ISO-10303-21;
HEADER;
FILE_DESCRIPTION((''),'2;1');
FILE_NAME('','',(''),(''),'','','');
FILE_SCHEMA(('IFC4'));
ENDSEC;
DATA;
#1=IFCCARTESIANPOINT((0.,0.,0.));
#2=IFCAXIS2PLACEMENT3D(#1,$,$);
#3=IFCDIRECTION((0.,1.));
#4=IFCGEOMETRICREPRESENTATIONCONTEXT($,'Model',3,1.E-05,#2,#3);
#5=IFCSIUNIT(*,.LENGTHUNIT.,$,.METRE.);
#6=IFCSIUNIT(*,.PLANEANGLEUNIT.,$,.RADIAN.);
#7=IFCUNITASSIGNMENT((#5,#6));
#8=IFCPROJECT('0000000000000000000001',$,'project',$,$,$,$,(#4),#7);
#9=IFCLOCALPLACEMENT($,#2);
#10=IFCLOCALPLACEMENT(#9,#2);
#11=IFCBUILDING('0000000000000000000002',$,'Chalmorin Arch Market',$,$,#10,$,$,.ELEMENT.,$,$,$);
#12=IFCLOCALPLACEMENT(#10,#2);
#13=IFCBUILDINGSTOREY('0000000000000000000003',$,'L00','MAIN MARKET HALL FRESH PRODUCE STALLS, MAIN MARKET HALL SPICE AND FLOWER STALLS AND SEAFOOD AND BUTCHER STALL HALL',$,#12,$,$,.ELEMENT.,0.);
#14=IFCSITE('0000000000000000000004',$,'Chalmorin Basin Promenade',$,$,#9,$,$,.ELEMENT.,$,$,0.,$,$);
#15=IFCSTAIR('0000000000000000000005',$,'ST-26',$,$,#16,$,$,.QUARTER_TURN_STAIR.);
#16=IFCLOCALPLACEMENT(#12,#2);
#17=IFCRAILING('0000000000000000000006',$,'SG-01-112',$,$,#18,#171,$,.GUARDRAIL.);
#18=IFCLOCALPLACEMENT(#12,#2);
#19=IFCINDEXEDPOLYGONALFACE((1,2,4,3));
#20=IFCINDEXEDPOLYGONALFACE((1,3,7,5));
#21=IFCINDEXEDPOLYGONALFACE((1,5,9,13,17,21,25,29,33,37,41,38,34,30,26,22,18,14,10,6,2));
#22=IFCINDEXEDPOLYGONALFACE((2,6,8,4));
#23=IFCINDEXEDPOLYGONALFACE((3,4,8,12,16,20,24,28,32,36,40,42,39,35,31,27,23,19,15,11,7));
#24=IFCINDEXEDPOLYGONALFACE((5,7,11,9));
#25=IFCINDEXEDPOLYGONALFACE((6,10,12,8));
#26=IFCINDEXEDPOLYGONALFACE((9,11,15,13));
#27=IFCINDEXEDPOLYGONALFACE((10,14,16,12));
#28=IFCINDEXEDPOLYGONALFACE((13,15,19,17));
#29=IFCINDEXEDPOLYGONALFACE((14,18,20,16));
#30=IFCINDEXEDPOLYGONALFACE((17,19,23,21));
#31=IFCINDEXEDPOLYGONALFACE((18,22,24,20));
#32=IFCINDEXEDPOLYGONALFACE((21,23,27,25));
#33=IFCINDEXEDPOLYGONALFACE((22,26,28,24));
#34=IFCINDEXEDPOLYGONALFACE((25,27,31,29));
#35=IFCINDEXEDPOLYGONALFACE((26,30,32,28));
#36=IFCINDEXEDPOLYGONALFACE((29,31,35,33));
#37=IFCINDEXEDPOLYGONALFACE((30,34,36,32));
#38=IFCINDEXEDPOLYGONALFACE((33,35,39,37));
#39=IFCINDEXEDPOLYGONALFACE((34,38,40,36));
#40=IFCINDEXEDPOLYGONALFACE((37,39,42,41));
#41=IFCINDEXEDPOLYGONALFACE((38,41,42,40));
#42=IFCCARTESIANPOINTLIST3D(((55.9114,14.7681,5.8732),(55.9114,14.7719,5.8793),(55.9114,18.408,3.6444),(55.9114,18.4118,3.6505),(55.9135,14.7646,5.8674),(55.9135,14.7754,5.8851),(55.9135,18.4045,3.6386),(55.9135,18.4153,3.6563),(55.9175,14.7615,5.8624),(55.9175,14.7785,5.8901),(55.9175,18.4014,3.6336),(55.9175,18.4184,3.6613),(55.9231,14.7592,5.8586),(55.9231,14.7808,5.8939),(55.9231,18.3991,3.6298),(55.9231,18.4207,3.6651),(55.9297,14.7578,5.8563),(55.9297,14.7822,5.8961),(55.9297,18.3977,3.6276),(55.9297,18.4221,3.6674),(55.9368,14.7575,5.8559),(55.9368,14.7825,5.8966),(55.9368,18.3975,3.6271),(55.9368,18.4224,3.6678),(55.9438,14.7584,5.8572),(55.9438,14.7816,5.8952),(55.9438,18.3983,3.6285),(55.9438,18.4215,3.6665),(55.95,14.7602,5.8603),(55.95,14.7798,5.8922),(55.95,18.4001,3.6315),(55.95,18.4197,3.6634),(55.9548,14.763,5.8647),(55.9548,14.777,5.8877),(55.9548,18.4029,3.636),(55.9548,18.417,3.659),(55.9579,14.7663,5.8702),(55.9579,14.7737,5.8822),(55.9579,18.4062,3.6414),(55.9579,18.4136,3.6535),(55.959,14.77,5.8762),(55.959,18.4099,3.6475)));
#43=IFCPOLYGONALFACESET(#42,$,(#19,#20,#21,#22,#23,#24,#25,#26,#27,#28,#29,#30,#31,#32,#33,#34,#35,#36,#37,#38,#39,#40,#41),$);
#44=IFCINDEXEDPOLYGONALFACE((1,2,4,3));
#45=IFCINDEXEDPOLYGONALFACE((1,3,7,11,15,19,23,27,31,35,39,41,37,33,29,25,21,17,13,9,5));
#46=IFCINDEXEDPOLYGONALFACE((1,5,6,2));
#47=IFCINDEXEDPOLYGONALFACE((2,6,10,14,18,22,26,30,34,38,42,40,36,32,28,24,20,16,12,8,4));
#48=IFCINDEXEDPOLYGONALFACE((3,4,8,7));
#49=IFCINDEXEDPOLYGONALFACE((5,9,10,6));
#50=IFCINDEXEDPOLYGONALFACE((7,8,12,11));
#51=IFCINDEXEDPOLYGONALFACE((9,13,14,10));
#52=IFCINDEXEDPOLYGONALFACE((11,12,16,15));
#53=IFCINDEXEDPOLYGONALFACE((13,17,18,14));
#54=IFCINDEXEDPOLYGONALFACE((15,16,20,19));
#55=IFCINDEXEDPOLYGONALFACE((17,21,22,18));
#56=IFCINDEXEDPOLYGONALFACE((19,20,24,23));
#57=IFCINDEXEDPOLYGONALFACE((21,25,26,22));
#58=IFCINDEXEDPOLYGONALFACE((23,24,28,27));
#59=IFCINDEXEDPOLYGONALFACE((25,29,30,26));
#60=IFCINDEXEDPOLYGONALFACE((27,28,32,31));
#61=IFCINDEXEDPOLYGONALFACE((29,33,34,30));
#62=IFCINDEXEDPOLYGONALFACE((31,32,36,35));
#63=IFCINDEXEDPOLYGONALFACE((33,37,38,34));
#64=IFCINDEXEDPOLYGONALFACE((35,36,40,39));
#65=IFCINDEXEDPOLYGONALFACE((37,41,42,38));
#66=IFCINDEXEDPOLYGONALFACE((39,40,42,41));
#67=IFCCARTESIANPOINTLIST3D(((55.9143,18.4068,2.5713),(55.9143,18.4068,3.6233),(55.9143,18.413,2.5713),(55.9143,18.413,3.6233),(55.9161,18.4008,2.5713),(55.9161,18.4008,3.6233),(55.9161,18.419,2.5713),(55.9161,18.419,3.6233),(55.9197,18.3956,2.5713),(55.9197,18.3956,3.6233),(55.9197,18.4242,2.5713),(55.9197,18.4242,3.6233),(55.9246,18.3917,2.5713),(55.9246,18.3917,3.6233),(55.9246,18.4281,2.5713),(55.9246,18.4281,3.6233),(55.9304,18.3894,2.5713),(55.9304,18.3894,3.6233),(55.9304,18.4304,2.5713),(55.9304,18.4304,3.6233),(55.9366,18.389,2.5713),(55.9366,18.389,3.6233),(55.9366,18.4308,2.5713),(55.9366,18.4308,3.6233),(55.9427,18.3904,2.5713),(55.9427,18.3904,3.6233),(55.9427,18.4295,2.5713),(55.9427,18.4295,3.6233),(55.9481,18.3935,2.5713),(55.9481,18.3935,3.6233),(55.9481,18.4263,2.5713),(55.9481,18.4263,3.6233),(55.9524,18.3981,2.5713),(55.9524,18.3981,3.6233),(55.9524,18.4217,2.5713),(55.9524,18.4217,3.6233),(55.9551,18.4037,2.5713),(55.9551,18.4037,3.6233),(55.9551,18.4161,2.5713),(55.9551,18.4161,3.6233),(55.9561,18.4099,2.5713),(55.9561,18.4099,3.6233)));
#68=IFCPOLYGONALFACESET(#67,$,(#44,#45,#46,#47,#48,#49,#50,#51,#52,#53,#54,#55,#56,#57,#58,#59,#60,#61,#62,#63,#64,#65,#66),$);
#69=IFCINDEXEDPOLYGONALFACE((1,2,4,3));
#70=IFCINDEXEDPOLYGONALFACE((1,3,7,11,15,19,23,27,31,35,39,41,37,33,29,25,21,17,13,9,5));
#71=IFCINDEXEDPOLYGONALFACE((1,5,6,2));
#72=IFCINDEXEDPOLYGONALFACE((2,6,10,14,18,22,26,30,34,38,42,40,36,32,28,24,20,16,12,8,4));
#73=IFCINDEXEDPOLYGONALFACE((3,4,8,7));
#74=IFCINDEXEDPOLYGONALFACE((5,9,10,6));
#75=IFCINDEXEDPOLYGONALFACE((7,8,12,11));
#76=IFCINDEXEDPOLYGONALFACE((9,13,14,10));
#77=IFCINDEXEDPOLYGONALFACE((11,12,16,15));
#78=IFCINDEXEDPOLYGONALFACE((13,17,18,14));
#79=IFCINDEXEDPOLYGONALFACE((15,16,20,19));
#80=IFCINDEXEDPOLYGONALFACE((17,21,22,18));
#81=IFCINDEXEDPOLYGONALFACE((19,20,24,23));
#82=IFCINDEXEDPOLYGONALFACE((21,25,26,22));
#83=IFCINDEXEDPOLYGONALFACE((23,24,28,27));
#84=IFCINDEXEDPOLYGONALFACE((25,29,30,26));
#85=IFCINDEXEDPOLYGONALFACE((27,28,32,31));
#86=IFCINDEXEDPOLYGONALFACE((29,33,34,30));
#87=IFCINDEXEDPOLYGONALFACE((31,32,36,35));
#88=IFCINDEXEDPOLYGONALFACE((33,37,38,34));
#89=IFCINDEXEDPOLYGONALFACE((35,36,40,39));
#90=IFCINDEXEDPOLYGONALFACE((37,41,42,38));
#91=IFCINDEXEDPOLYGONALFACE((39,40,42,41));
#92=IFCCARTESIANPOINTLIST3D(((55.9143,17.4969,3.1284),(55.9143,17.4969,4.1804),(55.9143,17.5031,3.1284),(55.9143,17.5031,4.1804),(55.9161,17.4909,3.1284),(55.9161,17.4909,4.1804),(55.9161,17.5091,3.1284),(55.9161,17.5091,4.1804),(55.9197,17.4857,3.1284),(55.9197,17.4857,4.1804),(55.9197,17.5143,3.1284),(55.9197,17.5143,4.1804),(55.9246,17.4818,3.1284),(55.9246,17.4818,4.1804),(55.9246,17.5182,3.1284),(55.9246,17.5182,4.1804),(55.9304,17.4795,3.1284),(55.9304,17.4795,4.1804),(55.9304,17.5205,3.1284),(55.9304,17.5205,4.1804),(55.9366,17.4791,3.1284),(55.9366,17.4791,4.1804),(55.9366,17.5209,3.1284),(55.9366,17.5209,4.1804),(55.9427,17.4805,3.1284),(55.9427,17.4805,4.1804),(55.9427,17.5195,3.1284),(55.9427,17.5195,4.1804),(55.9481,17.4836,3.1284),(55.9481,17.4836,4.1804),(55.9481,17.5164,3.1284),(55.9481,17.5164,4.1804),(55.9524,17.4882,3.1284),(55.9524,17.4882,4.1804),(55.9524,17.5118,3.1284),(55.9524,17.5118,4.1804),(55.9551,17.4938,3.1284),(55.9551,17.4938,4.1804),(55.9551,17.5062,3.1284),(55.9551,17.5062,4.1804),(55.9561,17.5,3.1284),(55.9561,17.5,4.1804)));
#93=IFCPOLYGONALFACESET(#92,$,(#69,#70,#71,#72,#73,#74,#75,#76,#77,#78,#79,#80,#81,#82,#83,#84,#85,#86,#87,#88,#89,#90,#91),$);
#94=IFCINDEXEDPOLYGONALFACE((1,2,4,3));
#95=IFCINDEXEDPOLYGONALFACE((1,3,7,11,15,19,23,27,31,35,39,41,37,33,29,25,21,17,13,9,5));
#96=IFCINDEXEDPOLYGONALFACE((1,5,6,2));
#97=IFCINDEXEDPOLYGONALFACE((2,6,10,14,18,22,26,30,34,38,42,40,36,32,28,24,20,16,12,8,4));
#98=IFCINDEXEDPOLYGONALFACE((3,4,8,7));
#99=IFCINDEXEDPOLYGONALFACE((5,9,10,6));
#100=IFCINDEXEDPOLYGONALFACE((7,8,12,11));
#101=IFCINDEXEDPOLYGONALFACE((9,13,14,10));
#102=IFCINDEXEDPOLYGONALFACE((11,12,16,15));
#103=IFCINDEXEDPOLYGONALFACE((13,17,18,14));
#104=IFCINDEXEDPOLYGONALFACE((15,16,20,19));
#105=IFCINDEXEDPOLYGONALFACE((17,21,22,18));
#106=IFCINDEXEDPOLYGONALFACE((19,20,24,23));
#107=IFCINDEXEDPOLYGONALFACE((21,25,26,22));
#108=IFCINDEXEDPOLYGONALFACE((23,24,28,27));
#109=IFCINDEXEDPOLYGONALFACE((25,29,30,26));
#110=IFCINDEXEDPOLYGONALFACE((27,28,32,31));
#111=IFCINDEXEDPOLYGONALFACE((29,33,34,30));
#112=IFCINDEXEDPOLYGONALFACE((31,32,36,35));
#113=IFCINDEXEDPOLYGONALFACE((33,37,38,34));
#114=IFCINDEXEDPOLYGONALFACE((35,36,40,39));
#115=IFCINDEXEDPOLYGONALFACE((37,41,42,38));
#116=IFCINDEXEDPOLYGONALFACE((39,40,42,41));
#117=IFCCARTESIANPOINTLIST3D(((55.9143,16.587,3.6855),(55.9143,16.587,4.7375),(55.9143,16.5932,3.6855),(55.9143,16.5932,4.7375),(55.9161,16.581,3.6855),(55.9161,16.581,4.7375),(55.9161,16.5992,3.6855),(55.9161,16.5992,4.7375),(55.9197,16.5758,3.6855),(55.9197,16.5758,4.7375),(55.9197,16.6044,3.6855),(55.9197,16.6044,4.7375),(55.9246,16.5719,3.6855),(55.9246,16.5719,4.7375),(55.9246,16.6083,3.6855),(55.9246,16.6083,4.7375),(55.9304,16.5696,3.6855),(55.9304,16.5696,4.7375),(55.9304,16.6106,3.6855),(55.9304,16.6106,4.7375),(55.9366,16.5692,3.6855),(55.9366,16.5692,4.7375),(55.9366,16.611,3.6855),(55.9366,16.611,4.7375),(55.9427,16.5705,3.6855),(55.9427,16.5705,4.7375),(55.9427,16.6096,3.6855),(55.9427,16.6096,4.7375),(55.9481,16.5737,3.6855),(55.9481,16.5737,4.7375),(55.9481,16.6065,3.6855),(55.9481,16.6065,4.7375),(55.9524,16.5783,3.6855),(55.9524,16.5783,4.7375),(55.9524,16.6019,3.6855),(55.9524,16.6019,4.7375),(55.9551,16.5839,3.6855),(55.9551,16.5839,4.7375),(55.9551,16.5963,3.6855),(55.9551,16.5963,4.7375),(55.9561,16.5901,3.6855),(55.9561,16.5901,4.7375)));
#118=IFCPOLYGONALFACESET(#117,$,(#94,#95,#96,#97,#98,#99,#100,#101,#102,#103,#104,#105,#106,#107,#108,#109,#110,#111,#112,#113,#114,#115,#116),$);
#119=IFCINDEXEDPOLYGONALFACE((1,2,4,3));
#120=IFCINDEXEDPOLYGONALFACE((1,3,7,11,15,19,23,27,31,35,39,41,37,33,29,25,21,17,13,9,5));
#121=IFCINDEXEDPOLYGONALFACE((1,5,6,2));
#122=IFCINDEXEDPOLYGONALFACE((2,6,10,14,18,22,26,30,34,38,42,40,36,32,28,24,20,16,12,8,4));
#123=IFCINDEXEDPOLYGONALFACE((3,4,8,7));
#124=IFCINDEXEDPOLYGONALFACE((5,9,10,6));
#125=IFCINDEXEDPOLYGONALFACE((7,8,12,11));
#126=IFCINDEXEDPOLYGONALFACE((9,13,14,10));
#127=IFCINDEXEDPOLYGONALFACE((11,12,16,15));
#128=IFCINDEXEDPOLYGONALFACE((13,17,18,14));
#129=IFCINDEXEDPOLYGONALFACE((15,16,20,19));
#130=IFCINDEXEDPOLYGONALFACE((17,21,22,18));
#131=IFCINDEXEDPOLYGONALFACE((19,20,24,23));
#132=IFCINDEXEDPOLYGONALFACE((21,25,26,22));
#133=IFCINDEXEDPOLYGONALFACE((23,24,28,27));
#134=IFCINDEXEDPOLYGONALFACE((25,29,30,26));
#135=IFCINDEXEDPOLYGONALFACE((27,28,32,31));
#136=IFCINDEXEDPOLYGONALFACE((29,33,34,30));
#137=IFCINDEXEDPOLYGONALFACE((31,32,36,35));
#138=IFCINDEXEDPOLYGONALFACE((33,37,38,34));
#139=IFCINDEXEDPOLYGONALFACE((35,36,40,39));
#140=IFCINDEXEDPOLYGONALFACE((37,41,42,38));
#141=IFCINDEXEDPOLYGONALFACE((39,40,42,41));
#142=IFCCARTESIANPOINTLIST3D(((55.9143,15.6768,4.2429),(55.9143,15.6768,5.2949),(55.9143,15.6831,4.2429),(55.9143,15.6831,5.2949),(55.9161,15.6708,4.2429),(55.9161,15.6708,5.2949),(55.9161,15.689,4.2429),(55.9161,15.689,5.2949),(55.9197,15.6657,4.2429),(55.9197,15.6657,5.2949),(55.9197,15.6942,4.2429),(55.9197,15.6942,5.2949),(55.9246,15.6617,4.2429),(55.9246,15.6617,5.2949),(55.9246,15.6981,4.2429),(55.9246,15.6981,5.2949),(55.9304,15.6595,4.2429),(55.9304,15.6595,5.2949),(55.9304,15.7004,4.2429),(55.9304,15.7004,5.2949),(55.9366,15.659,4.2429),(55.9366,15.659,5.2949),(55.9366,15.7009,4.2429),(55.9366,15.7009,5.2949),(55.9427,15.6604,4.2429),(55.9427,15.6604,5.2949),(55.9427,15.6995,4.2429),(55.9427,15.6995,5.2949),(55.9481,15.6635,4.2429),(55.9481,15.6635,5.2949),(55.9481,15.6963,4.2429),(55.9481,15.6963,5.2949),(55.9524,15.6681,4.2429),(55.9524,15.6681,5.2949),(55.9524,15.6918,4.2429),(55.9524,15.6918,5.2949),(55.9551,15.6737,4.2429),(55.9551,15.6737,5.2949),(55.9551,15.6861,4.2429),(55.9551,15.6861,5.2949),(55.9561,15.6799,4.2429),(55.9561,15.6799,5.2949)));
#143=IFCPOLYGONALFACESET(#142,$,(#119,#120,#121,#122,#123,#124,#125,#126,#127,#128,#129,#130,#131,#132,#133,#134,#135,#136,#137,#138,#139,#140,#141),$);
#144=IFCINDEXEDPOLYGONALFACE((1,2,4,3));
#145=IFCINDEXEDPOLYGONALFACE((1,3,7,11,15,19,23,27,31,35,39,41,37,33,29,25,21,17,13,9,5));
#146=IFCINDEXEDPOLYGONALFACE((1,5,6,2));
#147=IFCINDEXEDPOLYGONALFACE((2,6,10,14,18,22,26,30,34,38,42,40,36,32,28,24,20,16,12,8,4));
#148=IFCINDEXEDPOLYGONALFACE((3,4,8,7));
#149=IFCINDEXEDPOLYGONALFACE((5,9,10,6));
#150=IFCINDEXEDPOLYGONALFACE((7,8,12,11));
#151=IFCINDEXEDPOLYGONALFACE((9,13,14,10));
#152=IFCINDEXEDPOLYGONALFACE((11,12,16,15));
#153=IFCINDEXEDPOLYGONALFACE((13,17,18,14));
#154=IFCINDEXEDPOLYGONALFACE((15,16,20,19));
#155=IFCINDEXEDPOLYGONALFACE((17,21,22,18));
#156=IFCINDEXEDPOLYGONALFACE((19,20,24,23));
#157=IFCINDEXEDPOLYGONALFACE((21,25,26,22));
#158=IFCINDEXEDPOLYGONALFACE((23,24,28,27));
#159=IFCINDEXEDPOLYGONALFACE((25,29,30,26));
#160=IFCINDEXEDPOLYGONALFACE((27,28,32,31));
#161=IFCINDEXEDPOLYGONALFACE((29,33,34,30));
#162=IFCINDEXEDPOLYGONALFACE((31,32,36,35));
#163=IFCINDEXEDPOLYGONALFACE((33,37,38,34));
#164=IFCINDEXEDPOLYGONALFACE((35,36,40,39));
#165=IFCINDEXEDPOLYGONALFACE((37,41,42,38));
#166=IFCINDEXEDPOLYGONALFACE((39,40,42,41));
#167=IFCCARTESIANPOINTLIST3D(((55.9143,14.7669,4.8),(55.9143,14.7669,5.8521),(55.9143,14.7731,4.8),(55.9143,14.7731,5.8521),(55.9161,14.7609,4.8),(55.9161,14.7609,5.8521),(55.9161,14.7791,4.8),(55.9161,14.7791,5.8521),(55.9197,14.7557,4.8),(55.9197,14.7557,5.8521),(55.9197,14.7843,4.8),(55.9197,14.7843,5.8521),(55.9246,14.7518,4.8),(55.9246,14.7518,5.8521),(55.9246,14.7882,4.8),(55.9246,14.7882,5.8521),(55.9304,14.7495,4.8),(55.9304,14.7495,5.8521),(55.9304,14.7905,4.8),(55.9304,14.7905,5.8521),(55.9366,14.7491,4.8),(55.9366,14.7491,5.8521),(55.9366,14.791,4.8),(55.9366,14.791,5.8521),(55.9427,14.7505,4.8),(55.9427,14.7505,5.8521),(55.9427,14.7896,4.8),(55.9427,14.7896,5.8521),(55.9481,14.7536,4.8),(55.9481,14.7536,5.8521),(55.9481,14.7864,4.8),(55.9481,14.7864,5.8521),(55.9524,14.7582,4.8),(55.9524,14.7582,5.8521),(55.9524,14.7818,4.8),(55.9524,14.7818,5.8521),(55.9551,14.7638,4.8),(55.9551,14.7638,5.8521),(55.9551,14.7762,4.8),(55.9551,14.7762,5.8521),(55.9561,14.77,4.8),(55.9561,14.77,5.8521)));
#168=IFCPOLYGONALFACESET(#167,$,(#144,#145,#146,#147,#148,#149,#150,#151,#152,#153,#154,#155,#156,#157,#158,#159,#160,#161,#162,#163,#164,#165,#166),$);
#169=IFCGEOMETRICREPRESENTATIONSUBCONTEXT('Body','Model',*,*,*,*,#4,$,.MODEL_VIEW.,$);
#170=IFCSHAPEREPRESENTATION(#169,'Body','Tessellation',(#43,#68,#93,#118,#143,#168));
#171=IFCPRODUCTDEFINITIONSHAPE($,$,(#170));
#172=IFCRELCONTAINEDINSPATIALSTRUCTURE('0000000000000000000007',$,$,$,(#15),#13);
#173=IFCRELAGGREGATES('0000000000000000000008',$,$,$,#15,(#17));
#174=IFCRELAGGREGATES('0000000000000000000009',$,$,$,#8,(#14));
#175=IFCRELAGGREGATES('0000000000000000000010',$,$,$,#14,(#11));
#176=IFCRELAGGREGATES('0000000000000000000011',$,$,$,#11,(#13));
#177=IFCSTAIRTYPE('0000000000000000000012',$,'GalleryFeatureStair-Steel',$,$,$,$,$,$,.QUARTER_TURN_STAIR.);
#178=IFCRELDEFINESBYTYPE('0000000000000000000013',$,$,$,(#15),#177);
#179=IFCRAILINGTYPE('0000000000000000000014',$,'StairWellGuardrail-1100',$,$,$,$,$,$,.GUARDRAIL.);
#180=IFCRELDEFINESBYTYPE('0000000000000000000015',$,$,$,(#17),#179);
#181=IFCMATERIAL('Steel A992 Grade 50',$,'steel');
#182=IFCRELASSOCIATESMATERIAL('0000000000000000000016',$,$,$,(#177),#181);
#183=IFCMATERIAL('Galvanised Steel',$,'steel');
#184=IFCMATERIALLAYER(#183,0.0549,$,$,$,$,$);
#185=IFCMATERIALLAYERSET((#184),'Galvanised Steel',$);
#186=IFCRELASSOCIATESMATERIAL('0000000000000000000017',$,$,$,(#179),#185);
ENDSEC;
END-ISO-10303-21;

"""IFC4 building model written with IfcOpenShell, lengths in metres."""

from ifc_helpers import new_model, si_unit, direction, frame, origin, origin_2d, place, context, subcontext, project, spatial, circle, extrude, material, layer, layer_set, type_object, element, aggregate, save


model = new_model("IFC4")

# Units and contexts
model_context = context("Model", 3, precision=1e-05, world=origin(), true_north=direction((0.0, 1.0)))
body_context = subcontext(model_context, "Body", "Model", "MODEL_VIEW")
ifc_project = project(units=[si_unit("LENGTHUNIT", "METRE"), si_unit("PLANEANGLEUNIT", "RADIAN")], contexts=[model_context])

# Site, building, storey
site_placement = place(None, origin())
site = spatial("IfcSite", under=ifc_project, at=site_placement, Name="Chalmorin Basin Promenade", CompositionType="ELEMENT", RefElevation=0.0)
building_placement = place(site_placement, origin())
building = spatial("IfcBuilding", under=site, at=building_placement, Name="Chalmorin Arch Market", CompositionType="ELEMENT")
storey_placement = place(building_placement, origin())
storey = spatial("IfcBuildingStorey", under=building, at=storey_placement, Name="L00", Description="MAIN MARKET HALL FRESH PRODUCE STALLS, MAIN MARKET HALL SPICE AND FLOWER STALLS AND SEAFOOD AND BUTCHER STALL HALL", CompositionType="ELEMENT", Elevation=0.0)

# Shared definitions
ifc_material_1 = material(Name="Steel A992 Grade 50", Category="steel")

# Stair, railing
stair_type = type_object("IfcStairType", Name="GalleryFeatureStair-Steel", PredefinedType="QUARTER_TURN_STAIR", material=ifc_material_1)
stair_placement = place(storey_placement, origin())
stair = element("IfcStair", 1, at=stair_placement, inside=storey, type_object=stair_type, Name="ST-26", PredefinedType="QUARTER_TURN_STAIR")
ifc_material_2 = material(Name="Galvanised Steel", Category="steel")
ifc_layer_1 = layer(ifc_material_2, 0.0549)
ifc_layer_set_1 = layer_set([ifc_layer_1], Name="Galvanised Steel")
railing_type = type_object("IfcRailingType", Name="StairWellGuardrail-1100", PredefinedType="GUARDRAIL", material=ifc_layer_set_1)
railing_1_placement = place(storey_placement, frame((55.9351, 18.4099, 2.5713)))
railing_1 = element("IfcRailing", 2, at=railing_1_placement, type_object=railing_type, Name="SG-01-112", PredefinedType="GUARDRAIL", context=body_context, shape_type="SweptSolid", body=[
    extrude(circle(Radius=0.0239, at=origin_2d()), frame((0.0, 0.0, 1.0762), z_axis=(0.0, -0.852825, 0.522197), x_axis=(1.0, 0.0, 0.0)), (0.0, 0.0, 1.0), 4.2681),
    extrude(circle(Radius=0.021, at=origin_2d()), origin(), (0.0, 0.0, 1.0), 1.052),
    extrude(circle(Radius=0.021, at=origin_2d()), frame((0.0, -0.9099, 0.5571)), (0.0, 0.0, 1.0), 1.052),
    extrude(circle(Radius=0.021, at=origin_2d()), frame((0.0, -1.8198, 1.1143)), (0.0, 0.0, 1.0), 1.052),
    extrude(circle(Radius=0.021, at=origin_2d()), frame((0.0, -2.73, 1.6716)), (0.0, 0.0, 1.0), 1.052),
    extrude(circle(Radius=0.021, at=origin_2d()), frame((0.0, -3.6399, 2.2288)), (0.0, 0.0, 1.0), 1.052),
])
aggregate(stair, [railing_1])

save(model, "model.ifc")
